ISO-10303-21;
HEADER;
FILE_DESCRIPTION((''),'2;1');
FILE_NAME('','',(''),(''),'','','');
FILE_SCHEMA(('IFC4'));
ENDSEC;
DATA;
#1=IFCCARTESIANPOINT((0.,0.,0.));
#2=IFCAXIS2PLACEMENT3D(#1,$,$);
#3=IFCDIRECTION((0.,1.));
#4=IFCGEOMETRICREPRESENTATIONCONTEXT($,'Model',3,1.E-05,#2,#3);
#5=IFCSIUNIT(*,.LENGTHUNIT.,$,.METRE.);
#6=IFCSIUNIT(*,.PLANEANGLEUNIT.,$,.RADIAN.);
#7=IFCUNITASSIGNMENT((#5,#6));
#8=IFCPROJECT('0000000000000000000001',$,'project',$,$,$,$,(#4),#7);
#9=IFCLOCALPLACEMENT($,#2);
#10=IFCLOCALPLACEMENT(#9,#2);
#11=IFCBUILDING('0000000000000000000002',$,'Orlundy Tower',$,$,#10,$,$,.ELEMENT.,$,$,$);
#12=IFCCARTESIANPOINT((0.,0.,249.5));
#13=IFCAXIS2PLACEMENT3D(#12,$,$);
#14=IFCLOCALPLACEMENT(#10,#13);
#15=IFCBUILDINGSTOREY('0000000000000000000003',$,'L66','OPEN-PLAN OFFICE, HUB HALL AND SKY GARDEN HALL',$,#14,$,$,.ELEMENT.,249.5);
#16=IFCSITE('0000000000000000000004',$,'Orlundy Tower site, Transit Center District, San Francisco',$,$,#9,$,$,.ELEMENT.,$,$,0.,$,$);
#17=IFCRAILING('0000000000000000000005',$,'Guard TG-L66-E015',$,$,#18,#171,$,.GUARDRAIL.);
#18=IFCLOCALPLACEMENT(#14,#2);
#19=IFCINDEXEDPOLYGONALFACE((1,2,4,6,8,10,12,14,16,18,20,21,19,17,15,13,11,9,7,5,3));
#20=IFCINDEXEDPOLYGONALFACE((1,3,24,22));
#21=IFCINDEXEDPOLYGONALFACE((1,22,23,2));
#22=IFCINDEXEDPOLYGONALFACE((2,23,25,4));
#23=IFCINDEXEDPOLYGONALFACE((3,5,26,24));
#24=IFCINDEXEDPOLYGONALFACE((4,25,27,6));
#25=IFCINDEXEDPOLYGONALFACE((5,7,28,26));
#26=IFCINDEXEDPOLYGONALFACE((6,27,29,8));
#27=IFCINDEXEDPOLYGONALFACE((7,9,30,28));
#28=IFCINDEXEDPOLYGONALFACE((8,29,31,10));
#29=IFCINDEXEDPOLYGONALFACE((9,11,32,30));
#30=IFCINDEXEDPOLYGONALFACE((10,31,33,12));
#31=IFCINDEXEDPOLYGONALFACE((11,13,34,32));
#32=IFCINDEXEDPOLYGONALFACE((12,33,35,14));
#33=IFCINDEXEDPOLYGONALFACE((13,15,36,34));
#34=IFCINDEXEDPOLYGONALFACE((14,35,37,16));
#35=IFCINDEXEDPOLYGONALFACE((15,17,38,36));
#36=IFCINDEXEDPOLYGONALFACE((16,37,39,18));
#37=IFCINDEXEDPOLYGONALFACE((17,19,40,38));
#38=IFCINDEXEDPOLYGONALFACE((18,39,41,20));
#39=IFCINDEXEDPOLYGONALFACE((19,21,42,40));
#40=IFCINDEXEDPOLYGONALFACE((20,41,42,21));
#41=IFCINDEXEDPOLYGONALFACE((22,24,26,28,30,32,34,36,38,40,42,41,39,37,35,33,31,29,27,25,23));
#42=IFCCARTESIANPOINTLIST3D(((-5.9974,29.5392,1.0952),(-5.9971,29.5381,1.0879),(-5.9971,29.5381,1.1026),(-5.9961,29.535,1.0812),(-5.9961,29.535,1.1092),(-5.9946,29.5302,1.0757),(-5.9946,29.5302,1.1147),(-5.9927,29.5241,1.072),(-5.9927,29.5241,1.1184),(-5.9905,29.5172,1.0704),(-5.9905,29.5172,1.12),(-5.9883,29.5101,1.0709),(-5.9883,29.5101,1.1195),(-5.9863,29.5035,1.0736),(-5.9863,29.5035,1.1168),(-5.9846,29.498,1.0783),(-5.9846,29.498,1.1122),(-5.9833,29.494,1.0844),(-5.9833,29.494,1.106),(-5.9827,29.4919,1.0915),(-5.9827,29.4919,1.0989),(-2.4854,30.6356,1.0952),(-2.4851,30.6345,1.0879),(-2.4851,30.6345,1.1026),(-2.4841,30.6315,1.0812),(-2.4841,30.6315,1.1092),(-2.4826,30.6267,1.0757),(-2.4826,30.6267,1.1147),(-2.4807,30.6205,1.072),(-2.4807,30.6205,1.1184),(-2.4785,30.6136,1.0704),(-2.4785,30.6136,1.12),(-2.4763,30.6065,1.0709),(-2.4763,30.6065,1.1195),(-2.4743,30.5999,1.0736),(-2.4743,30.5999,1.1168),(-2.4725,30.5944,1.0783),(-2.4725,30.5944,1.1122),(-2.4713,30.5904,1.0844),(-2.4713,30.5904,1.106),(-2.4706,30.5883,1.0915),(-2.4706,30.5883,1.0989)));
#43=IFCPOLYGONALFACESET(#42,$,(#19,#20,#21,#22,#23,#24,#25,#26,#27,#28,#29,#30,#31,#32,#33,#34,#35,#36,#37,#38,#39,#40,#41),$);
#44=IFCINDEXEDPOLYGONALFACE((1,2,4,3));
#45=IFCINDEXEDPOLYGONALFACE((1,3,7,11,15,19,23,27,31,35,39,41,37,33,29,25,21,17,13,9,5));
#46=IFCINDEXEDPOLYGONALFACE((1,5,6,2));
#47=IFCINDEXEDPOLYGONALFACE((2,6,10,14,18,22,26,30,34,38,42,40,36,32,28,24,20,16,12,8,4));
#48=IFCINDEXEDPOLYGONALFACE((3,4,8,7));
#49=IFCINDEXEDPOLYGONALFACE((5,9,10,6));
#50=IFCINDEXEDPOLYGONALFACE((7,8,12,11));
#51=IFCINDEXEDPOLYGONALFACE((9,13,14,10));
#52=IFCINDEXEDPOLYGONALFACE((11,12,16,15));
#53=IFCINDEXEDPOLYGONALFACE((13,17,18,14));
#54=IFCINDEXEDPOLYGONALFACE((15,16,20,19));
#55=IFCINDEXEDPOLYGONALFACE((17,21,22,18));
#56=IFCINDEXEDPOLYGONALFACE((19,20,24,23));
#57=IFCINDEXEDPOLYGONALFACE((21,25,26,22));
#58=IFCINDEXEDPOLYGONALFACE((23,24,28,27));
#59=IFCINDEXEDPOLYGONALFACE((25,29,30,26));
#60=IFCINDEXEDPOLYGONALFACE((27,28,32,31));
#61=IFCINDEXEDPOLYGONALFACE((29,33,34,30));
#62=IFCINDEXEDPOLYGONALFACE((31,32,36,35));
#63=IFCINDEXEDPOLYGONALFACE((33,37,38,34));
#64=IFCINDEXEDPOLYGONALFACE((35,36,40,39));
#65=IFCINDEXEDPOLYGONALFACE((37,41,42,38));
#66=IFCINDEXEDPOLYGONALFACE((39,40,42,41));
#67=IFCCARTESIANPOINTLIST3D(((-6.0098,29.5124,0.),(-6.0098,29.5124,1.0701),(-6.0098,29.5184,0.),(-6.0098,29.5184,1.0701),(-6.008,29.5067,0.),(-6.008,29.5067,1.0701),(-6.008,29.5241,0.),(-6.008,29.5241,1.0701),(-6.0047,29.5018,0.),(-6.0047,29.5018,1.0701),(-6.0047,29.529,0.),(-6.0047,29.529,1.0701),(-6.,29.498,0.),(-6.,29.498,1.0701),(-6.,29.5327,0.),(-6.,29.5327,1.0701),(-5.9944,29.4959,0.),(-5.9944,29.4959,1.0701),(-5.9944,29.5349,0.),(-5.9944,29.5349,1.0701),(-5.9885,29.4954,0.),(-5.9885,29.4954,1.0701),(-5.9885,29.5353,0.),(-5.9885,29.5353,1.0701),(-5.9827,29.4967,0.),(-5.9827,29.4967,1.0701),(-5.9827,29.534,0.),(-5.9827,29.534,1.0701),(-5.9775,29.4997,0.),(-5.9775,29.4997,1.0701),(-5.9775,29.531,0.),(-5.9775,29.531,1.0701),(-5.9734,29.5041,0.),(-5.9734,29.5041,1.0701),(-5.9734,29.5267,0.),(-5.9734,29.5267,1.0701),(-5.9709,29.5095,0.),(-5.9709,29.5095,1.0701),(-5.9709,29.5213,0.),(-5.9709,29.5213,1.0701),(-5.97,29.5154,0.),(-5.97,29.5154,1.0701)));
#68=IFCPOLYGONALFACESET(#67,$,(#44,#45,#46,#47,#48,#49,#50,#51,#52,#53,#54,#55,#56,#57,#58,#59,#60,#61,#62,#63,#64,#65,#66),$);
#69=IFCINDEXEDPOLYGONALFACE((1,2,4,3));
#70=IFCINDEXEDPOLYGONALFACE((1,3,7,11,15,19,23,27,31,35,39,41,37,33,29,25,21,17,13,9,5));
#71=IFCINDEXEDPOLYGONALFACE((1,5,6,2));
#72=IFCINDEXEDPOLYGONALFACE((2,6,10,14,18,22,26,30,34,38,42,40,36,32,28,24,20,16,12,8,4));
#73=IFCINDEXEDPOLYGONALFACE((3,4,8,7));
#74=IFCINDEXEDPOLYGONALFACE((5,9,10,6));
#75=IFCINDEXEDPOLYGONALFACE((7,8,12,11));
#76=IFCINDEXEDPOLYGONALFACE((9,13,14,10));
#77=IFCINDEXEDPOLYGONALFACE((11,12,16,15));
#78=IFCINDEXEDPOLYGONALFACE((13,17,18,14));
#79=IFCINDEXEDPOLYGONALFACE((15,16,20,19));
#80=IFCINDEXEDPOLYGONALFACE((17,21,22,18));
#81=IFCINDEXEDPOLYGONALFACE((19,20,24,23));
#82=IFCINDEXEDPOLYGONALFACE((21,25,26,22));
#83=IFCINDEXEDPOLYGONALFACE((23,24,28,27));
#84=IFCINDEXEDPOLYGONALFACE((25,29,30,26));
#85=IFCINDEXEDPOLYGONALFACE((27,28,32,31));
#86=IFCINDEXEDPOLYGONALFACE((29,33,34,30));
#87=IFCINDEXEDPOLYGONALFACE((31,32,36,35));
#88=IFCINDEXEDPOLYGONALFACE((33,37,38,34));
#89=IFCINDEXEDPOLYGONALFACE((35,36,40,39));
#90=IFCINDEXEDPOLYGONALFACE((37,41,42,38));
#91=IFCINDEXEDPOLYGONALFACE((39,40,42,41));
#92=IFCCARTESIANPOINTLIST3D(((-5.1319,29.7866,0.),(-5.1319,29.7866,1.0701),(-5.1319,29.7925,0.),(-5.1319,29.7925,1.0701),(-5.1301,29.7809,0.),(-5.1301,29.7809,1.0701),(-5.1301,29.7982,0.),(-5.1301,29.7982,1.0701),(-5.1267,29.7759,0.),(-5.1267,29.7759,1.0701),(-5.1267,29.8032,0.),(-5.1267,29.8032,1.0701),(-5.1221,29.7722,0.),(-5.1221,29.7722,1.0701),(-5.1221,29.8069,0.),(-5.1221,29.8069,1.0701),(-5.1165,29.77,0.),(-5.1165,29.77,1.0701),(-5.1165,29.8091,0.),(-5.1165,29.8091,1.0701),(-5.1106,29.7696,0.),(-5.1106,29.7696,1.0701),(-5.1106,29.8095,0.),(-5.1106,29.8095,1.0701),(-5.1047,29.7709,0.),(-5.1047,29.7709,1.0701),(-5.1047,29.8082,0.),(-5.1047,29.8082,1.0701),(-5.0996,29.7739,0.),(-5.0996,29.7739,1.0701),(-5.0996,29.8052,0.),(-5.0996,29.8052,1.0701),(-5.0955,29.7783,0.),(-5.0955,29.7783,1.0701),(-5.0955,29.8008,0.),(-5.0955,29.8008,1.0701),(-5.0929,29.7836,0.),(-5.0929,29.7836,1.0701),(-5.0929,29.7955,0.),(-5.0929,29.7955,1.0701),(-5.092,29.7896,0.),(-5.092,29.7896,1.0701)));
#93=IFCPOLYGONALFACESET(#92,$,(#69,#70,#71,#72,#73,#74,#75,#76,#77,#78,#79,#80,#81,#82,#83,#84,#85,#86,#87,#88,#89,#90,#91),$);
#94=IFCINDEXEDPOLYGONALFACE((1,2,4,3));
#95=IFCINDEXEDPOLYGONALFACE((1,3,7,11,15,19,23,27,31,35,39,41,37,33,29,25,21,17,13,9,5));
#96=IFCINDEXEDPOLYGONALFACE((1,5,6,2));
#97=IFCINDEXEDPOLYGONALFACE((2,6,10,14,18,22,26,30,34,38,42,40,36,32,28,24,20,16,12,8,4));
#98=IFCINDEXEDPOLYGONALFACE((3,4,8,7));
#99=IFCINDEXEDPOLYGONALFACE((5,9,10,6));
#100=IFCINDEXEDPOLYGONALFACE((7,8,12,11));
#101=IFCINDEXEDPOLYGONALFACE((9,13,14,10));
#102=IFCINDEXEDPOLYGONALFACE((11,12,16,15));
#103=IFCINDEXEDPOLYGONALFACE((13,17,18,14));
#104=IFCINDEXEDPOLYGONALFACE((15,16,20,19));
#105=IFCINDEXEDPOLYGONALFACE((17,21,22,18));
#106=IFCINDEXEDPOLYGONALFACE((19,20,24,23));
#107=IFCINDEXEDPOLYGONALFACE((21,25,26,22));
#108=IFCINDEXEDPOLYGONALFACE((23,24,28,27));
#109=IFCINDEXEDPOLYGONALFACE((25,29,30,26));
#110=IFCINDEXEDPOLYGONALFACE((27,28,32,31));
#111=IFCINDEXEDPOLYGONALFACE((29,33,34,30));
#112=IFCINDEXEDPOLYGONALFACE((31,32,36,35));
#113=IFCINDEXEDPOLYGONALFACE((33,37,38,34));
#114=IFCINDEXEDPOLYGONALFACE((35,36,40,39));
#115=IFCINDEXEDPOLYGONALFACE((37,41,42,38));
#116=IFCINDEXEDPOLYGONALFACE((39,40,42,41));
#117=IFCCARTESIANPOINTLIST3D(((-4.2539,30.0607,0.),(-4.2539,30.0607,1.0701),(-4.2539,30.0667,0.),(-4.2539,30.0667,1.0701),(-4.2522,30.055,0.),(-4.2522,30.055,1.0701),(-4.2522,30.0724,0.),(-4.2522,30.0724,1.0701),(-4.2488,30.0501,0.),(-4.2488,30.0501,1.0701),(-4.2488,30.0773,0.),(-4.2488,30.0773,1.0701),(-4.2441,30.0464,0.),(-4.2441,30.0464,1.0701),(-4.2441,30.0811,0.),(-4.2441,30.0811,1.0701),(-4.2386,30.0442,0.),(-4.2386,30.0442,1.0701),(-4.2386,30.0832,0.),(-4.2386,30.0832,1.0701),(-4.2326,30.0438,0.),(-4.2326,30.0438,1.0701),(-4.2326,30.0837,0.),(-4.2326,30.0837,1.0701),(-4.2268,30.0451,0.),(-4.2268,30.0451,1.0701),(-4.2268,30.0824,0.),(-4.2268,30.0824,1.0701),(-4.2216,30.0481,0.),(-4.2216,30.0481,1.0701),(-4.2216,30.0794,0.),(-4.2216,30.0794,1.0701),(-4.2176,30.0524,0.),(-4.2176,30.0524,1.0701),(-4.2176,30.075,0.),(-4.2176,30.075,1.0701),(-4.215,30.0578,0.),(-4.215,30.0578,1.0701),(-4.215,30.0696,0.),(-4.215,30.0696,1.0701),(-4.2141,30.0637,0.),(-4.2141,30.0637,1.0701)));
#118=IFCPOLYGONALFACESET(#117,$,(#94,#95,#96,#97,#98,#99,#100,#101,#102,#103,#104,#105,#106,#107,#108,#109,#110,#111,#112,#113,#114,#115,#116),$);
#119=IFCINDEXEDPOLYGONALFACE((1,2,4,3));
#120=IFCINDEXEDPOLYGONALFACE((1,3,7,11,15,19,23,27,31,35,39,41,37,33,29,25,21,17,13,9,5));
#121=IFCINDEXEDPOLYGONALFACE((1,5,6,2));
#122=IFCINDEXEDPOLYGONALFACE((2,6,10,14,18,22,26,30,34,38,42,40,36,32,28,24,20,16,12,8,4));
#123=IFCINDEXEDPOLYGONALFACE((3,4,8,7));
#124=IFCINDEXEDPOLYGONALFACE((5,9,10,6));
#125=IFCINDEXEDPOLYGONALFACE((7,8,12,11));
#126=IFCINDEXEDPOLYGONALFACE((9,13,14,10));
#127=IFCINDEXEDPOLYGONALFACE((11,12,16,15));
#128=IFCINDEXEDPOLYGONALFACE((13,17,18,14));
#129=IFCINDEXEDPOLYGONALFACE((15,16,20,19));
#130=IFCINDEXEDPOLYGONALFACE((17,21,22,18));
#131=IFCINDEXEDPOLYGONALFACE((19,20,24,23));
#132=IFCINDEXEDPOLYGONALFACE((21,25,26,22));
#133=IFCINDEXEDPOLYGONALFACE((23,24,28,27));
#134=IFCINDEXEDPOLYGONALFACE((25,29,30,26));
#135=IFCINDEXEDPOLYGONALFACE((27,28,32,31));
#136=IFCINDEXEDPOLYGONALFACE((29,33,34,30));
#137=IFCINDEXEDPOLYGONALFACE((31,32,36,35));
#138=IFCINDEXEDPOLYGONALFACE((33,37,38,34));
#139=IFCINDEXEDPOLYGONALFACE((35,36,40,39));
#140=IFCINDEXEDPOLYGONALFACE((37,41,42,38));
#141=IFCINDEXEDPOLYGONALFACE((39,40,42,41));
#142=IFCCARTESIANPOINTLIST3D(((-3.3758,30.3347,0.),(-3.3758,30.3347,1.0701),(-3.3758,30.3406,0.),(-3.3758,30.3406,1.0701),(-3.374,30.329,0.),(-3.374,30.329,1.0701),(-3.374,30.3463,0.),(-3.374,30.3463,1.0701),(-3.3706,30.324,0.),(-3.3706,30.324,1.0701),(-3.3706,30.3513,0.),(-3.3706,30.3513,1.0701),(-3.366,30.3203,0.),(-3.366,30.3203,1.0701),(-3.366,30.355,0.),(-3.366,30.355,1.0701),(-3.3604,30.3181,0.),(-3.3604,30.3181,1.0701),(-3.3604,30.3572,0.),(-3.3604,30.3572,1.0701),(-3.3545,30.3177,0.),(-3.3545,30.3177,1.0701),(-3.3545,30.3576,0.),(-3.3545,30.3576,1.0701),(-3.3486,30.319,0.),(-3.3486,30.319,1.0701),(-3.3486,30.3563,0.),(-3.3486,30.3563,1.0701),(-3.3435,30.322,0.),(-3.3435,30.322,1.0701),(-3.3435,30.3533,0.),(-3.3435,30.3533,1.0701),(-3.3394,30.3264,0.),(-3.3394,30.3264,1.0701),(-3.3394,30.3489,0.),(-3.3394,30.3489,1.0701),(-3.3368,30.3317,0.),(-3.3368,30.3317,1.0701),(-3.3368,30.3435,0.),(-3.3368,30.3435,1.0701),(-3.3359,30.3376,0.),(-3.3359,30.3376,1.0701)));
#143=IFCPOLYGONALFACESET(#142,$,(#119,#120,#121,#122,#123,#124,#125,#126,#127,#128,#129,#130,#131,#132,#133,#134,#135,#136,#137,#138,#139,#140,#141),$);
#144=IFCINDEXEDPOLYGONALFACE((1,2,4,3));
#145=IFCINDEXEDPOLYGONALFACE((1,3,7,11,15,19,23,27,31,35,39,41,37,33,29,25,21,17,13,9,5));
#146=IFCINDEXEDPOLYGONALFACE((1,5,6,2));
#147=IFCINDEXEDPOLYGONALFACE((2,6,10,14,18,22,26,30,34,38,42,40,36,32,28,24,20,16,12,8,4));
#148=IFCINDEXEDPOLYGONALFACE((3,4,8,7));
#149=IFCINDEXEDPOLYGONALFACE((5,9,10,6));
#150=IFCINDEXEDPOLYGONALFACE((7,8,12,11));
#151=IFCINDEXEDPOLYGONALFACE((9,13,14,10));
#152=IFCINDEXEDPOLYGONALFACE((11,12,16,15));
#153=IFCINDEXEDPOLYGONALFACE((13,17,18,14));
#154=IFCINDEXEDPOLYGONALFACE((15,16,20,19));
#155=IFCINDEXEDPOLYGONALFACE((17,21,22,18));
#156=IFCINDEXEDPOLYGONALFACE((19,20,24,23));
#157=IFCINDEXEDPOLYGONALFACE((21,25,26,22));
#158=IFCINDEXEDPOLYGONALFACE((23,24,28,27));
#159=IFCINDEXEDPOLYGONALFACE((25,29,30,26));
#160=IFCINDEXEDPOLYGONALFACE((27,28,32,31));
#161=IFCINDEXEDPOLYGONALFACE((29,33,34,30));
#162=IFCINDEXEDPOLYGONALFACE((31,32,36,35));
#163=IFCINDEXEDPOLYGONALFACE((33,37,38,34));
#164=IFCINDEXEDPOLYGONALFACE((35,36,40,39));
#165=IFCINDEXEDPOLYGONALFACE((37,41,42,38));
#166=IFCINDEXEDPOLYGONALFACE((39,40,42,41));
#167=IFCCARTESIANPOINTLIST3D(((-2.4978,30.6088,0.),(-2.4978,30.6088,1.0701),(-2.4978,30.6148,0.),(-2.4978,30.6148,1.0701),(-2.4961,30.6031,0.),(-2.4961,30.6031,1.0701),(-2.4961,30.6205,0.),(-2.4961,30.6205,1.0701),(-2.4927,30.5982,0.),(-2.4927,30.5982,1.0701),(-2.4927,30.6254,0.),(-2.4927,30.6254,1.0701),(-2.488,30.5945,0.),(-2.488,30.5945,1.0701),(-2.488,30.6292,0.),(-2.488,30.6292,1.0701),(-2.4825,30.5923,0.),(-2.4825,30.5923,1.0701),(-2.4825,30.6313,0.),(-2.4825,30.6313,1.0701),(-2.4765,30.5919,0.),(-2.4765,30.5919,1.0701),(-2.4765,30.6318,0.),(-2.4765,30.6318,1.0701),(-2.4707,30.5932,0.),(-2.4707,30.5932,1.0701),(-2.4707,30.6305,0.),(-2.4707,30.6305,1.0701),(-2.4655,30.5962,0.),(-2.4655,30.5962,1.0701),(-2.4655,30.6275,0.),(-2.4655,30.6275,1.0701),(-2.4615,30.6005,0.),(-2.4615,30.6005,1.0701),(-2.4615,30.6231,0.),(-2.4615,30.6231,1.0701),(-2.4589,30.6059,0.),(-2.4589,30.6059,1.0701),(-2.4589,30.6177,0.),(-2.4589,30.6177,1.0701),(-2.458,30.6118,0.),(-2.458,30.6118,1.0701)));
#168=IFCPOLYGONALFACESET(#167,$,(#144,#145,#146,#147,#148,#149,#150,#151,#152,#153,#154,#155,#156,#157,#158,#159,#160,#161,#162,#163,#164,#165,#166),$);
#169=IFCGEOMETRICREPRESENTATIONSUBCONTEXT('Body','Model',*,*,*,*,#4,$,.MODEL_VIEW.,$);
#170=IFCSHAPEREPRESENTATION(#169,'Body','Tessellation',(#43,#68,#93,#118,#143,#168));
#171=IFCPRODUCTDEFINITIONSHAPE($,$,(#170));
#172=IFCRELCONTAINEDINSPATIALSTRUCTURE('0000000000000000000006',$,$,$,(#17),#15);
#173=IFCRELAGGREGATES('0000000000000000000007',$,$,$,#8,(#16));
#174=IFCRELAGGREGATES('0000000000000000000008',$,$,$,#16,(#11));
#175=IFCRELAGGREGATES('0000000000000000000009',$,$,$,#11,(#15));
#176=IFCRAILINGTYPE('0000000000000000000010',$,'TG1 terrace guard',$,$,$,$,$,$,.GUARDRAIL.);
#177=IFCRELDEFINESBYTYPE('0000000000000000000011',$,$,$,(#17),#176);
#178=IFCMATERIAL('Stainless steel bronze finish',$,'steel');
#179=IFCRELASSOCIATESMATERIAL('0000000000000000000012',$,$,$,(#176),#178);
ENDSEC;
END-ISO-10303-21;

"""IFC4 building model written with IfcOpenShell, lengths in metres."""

from ifc_helpers import new_model, si_unit, direction, frame, origin, origin_2d, place, context, subcontext, project, spatial, circle, extrude, material, type_object, element, save


model = new_model("IFC4")

# Units and contexts
model_context = context("Model", 3, precision=1e-05, world=origin(), true_north=direction((0.0, 1.0)))
body_context = subcontext(model_context, "Body", "Model", "MODEL_VIEW")
ifc_project = project(units=[si_unit("LENGTHUNIT", "METRE"), si_unit("PLANEANGLEUNIT", "RADIAN")], contexts=[model_context])

# Site, building, storey
site_placement = place(None, origin())
site = spatial("IfcSite", under=ifc_project, at=site_placement, Name="Orlundy Tower site, Transit Center District, San Francisco", CompositionType="ELEMENT", RefElevation=0.0)
building_placement = place(site_placement, origin())
building = spatial("IfcBuilding", under=site, at=building_placement, Name="Orlundy Tower", CompositionType="ELEMENT")
storey_placement = place(building_placement, frame((0.0, 0.0, 249.5)))
storey = spatial("IfcBuildingStorey", under=building, at=storey_placement, Name="L66", Description="OPEN-PLAN OFFICE, HUB HALL AND SKY GARDEN HALL", CompositionType="ELEMENT", Elevation=249.5)

# Railing
ifc_material_1 = material(Name="Stainless steel bronze finish", Category="steel")
railing_type = type_object("IfcRailingType", Name="TG1 terrace guard", PredefinedType="GUARDRAIL", material=ifc_material_1)
railing_1_placement = place(storey_placement, frame((-5.99, 29.5154, 0.0)))
element("IfcRailing", 1, at=railing_1_placement, inside=storey, type_object=railing_type, Name="Guard TG-L66-E015", PredefinedType="GUARDRAIL", context=body_context, shape_type="SweptSolid", body=[
    extrude(circle(Radius=0.0249, at=origin_2d()), frame((0.0, 0.0, 1.0952), z_axis=(0.954561, 0.298014, 0.0), x_axis=(-0.298014, 0.954561, 0.0)), (0.0, 0.0, 1.0), 3.6792),
    extrude(circle(Radius=0.02, at=origin_2d()), origin(), (0.0, 0.0, 1.0), 1.0701),
    extrude(circle(Radius=0.02, at=origin_2d()), frame((0.8779, 0.2742, 0.0)), (0.0, 0.0, 1.0), 1.0701),
    extrude(circle(Radius=0.02, at=origin_2d()), frame((1.7559, 0.5483, 0.0)), (0.0, 0.0, 1.0), 1.0701),
    extrude(circle(Radius=0.02, at=origin_2d()), frame((2.634, 0.8223, 0.0)), (0.0, 0.0, 1.0), 1.0701),
    extrude(circle(Radius=0.02, at=origin_2d()), frame((3.512, 1.0964, 0.0)), (0.0, 0.0, 1.0), 1.0701),
])

save(model, "model.ifc")
